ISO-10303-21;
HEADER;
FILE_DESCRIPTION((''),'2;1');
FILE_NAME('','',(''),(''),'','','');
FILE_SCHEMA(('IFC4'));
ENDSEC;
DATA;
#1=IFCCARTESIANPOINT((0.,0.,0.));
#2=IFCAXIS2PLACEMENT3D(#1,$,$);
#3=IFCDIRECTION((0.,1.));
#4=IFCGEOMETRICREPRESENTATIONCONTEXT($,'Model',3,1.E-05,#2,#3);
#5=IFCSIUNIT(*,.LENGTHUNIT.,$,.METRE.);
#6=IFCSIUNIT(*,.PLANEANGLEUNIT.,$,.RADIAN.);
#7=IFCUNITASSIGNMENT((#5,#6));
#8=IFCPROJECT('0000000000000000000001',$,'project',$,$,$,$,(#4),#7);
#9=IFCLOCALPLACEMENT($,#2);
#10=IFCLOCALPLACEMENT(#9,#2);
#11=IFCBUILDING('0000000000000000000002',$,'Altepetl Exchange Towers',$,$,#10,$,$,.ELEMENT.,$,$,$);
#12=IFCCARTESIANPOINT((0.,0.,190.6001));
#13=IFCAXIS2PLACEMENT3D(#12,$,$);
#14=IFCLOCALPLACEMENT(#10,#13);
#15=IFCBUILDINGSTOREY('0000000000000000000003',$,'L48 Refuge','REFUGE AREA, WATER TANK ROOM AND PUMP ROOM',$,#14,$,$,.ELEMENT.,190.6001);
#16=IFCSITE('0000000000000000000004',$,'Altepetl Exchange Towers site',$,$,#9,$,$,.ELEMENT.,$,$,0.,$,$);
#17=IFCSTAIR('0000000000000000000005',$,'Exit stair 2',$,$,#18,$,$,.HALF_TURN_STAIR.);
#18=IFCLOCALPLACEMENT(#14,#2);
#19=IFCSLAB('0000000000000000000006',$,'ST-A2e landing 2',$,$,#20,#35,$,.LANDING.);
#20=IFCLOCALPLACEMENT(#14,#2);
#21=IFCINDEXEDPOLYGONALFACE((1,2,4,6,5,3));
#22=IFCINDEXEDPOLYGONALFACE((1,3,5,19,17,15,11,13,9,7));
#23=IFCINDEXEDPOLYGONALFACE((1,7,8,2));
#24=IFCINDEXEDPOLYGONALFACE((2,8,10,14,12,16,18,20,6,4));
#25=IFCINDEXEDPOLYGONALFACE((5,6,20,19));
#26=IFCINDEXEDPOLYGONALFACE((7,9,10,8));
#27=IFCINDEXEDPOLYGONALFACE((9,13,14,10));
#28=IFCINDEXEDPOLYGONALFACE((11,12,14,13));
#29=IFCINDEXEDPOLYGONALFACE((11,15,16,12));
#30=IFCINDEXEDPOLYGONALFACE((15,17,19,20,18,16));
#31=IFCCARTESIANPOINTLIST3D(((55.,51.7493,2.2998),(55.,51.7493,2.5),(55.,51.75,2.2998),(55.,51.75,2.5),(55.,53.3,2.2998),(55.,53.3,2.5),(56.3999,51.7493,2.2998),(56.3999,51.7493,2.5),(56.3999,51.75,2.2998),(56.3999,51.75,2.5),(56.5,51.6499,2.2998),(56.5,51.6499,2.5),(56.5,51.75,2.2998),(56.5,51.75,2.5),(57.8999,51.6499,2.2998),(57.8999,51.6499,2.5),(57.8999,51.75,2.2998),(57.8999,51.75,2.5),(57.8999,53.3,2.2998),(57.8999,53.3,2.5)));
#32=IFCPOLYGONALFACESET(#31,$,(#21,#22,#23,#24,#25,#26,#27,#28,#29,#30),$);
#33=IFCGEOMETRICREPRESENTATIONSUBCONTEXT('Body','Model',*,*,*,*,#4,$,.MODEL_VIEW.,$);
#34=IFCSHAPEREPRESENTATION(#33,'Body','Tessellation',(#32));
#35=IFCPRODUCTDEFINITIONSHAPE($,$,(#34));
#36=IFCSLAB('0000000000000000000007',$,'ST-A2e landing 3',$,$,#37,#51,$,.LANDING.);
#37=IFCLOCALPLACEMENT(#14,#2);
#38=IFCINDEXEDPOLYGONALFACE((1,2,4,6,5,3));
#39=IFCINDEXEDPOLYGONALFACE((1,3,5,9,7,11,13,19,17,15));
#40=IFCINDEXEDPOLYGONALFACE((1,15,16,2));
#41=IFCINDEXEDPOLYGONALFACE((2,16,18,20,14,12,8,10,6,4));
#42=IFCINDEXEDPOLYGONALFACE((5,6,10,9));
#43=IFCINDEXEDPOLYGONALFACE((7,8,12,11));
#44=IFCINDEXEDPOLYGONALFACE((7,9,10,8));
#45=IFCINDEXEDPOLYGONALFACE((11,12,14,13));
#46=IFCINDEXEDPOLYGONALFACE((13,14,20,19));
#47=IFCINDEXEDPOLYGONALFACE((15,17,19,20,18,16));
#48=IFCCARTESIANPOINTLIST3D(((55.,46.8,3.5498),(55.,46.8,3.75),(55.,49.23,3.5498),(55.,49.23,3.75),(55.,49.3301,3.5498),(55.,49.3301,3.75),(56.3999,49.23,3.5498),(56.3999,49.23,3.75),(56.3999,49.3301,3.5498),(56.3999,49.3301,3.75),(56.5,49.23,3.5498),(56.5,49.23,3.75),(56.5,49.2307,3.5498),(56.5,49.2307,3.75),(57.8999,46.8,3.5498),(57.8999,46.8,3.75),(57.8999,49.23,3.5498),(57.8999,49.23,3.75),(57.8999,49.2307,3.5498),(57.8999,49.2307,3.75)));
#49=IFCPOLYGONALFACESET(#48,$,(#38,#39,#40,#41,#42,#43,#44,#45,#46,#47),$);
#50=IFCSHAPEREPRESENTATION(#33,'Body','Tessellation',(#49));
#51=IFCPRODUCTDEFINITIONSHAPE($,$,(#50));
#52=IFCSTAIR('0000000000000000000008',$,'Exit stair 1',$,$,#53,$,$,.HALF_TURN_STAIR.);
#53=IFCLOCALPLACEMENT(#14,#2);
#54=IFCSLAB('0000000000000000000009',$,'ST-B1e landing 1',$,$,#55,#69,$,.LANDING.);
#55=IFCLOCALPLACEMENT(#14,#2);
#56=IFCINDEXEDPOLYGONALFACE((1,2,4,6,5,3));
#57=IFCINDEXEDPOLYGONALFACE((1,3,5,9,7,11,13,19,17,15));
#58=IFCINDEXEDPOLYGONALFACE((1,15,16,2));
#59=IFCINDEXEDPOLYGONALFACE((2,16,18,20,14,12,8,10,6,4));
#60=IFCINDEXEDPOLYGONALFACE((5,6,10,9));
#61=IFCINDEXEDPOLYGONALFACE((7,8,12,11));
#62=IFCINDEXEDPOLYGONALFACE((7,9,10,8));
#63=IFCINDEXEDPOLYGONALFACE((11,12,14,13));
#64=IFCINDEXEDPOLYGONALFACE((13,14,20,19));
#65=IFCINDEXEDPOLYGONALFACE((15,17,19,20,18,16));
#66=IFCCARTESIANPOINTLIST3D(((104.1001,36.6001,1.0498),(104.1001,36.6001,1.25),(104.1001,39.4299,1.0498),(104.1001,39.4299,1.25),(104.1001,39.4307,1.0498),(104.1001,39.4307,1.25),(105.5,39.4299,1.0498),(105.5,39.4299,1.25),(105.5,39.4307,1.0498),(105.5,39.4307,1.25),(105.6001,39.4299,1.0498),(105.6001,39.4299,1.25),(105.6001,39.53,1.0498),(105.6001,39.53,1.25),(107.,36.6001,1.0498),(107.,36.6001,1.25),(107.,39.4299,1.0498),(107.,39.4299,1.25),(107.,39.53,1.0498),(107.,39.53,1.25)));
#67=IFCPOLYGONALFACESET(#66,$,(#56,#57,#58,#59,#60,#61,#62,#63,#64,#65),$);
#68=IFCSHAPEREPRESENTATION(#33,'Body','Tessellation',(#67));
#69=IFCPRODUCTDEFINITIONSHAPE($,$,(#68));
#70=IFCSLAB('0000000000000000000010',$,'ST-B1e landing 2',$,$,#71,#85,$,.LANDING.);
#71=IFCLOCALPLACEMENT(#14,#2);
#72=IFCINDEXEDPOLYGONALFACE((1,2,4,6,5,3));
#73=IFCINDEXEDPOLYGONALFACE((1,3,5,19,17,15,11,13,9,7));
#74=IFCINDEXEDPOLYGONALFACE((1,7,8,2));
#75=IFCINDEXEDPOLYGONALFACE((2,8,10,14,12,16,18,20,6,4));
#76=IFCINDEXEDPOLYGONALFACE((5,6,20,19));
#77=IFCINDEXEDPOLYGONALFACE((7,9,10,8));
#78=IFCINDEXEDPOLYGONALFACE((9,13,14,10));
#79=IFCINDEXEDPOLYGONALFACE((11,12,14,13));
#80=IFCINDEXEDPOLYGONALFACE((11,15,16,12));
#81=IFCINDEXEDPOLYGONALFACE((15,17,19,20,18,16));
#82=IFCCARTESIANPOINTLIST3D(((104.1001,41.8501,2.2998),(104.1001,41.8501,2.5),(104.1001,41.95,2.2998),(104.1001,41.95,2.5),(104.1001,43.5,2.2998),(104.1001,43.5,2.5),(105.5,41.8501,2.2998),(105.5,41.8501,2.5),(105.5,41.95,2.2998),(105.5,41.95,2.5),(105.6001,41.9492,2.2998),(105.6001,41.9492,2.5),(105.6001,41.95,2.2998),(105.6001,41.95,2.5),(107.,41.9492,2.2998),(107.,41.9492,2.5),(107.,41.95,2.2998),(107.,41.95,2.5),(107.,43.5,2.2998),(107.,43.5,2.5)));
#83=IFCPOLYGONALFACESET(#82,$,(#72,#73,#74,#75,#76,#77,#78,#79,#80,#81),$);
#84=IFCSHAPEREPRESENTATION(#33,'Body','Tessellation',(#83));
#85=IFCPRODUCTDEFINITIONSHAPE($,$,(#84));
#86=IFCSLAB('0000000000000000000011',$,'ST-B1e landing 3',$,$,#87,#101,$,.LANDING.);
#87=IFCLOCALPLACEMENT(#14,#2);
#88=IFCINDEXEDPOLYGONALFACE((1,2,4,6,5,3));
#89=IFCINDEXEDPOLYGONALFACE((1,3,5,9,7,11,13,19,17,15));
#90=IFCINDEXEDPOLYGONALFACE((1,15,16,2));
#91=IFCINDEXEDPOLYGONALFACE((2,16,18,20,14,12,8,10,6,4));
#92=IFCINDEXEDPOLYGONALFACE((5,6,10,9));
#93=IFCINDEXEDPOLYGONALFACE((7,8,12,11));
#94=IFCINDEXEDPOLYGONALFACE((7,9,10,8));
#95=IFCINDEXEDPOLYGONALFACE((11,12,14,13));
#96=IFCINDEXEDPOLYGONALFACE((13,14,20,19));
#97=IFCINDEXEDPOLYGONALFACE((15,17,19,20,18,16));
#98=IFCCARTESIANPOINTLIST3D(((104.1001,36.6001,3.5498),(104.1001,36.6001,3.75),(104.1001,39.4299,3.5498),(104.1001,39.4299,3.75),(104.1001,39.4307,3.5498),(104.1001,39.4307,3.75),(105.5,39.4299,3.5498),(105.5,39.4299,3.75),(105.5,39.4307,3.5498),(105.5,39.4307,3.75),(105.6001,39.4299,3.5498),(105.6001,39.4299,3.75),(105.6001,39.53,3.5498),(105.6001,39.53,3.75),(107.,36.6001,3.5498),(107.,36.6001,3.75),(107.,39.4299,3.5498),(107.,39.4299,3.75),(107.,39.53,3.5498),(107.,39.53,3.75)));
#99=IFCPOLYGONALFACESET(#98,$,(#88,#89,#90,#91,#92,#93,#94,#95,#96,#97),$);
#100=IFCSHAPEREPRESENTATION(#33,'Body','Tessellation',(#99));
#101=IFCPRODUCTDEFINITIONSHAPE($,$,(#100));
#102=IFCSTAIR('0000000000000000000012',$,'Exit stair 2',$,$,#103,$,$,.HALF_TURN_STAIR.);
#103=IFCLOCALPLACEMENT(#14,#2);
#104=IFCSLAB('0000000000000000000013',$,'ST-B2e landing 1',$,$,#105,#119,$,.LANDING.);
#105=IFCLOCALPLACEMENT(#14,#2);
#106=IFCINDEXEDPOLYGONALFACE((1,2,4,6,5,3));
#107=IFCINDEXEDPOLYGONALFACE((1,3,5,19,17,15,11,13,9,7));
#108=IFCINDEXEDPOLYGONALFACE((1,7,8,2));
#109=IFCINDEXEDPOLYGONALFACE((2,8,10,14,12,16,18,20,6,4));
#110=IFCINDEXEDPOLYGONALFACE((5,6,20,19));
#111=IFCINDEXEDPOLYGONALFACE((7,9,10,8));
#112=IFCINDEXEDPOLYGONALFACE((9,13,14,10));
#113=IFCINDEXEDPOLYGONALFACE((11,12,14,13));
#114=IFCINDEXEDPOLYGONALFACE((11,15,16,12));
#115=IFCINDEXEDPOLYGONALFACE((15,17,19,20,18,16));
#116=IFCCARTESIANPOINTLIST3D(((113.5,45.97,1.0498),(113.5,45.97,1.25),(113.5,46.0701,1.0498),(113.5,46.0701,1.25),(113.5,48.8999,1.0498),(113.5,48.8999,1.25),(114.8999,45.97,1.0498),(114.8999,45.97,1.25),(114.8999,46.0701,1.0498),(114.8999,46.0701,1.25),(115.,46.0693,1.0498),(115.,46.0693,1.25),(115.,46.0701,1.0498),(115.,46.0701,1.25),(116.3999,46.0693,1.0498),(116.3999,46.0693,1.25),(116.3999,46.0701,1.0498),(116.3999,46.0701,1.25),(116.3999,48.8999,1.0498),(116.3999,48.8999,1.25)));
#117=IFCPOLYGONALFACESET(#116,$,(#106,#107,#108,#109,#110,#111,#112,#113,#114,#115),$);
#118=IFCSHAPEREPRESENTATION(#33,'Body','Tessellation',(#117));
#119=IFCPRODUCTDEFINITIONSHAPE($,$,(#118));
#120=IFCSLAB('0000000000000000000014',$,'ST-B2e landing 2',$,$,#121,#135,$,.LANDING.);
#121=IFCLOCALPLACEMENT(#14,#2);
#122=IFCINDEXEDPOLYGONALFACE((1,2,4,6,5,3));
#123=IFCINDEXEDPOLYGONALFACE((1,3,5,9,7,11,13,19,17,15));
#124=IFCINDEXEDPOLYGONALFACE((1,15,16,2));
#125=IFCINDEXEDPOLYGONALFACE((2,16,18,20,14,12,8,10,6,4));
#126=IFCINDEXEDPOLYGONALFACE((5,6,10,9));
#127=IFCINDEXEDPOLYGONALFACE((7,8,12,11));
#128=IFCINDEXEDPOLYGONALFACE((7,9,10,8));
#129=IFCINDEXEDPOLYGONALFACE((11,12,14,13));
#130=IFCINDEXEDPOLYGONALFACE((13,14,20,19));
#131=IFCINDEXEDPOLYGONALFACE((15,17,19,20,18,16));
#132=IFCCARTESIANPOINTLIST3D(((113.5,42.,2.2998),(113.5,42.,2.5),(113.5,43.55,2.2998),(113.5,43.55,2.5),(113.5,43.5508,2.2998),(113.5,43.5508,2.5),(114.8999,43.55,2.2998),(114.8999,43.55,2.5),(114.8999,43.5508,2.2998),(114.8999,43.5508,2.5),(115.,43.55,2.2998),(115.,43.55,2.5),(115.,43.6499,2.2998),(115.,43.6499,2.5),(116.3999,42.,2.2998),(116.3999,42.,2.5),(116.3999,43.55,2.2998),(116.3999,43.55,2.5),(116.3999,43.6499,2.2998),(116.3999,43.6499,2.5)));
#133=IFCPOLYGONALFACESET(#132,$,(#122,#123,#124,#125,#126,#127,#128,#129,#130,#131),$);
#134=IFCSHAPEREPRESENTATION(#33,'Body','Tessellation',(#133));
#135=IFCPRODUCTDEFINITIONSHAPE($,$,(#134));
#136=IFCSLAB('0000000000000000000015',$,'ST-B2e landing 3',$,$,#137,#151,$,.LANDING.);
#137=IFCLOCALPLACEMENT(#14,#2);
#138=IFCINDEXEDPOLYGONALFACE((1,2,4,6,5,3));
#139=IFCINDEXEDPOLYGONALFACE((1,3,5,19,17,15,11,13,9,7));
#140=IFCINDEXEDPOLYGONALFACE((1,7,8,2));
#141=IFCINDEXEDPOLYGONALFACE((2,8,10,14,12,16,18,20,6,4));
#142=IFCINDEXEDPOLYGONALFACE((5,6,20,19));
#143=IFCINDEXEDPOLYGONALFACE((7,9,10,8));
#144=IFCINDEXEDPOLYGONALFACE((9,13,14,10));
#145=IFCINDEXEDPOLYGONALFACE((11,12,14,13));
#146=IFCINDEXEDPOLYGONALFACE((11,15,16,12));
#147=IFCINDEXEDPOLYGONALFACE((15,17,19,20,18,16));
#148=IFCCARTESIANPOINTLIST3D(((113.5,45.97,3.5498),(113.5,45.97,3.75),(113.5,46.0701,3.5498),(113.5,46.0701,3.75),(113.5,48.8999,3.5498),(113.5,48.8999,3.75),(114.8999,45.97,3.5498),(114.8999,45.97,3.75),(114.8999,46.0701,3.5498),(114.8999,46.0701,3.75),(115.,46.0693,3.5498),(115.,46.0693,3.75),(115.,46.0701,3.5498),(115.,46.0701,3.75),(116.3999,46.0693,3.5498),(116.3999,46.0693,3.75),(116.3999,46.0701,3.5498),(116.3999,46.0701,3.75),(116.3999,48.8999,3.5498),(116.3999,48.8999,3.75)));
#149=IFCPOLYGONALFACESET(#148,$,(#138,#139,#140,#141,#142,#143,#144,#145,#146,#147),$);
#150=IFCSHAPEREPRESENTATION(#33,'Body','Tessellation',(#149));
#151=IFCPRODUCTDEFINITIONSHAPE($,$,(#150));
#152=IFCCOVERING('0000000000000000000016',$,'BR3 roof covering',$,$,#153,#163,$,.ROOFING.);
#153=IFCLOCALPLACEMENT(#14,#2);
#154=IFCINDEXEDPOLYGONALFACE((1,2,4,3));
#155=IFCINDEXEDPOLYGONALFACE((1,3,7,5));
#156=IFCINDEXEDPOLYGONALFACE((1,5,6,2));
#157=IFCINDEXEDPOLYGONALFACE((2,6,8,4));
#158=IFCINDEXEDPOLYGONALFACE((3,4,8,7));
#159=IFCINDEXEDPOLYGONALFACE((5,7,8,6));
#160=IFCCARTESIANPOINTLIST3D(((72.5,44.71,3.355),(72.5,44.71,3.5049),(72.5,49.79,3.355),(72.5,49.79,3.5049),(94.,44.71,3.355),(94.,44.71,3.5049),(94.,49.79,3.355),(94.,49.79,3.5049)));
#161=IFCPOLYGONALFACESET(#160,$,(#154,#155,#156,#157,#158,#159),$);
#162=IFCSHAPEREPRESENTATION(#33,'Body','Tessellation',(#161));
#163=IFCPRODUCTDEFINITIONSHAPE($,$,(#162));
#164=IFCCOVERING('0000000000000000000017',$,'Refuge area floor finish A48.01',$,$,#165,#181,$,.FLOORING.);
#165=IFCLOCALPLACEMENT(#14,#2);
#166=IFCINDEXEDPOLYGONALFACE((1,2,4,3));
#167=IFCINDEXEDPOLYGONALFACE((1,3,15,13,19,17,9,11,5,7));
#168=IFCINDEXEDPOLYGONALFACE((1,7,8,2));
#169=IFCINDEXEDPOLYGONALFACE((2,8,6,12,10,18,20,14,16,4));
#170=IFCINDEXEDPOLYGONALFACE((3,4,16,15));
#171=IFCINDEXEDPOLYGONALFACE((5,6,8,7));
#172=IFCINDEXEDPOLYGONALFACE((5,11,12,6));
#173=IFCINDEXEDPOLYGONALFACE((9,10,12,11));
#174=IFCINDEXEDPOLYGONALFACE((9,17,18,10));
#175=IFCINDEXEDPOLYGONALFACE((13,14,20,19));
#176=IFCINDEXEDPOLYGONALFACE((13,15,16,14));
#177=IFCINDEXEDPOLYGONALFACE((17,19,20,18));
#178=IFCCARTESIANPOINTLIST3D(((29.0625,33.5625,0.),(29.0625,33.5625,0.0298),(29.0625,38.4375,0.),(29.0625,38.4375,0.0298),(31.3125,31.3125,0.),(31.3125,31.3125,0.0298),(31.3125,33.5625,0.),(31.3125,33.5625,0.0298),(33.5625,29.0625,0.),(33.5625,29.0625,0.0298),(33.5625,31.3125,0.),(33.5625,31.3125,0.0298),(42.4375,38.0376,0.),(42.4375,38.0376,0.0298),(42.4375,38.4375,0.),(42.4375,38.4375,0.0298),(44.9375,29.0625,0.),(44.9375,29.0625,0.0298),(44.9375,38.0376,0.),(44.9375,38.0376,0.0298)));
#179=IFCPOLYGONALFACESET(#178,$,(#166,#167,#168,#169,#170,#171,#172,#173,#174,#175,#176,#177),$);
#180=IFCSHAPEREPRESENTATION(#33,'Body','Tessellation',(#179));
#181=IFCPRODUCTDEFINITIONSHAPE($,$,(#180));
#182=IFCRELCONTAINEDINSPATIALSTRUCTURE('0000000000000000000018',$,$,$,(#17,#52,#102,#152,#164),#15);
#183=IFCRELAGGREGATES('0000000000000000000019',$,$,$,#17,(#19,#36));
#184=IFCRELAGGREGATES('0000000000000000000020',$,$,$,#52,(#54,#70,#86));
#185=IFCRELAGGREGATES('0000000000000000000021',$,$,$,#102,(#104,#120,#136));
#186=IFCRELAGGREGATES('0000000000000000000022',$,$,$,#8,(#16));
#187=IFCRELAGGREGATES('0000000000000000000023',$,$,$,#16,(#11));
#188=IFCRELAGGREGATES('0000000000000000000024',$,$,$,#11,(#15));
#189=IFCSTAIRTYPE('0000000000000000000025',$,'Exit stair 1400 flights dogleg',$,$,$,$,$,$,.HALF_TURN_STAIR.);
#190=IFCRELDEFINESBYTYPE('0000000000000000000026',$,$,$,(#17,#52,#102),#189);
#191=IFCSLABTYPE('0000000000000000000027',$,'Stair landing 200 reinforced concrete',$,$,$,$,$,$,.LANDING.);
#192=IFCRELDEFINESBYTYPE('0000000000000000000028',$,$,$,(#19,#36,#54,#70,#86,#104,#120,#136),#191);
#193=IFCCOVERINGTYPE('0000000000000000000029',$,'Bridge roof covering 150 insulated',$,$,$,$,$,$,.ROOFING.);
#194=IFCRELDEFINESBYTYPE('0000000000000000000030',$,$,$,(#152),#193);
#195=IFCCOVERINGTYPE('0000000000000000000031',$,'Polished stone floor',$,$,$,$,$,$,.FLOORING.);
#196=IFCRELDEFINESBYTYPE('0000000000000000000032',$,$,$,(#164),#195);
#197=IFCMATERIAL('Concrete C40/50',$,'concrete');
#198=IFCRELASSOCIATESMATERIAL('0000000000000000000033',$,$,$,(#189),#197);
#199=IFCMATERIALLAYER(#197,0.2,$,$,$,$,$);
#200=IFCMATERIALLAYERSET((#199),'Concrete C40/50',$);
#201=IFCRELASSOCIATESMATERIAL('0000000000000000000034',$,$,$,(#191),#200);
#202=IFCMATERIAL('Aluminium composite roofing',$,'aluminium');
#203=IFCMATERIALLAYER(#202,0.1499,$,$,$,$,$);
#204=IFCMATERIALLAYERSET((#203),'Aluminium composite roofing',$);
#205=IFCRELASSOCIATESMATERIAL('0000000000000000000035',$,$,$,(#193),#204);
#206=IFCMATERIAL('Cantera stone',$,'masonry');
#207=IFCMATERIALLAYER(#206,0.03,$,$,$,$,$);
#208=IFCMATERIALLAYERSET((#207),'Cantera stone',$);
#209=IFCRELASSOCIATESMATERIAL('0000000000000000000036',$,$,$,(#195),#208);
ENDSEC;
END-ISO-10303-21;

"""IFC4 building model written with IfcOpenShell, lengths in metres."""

from ifc_helpers import new_model, si_unit, direction, frame, origin, place, context, subcontext, project, spatial, polyline, outline, extrude, material, layer, layer_set, type_object, element, aggregate, save


model = new_model("IFC4")

# Units and contexts
model_context = context("Model", 3, precision=1e-05, world=origin(), true_north=direction((0.0, 1.0)))
body_context = subcontext(model_context, "Body", "Model", "MODEL_VIEW")
ifc_project = project(units=[si_unit("LENGTHUNIT", "METRE"), si_unit("PLANEANGLEUNIT", "RADIAN")], contexts=[model_context])

# Site, building, storey
site_placement = place(None, origin())
site = spatial("IfcSite", under=ifc_project, at=site_placement, Name="Altepetl Exchange Towers site", CompositionType="ELEMENT", RefElevation=0.0)
building_placement = place(site_placement, origin())
building = spatial("IfcBuilding", under=site, at=building_placement, Name="Altepetl Exchange Towers", CompositionType="ELEMENT")
storey_placement = place(building_placement, frame((0.0, 0.0, 190.6001)))
storey = spatial("IfcBuildingStorey", under=building, at=storey_placement, Name="L48 Refuge", Description="REFUGE AREA, WATER TANK ROOM AND PUMP ROOM", CompositionType="ELEMENT", Elevation=190.6001)

# Shared definitions
ifc_material_1 = material(Name="Concrete C40/50", Category="concrete")

# Stairs, slabs
stair_type = type_object("IfcStairType", Name="Exit stair 1400 flights dogleg", PredefinedType="HALF_TURN_STAIR", material=ifc_material_1)
ifc_layer_1 = layer(ifc_material_1, 0.2)
ifc_layer_set_1 = layer_set([ifc_layer_1], Name="Concrete C40/50")
slab_type_1 = type_object("IfcSlabType", Name="Stair landing 200 reinforced concrete", PredefinedType="LANDING", material=ifc_layer_set_1)
stair_1_placement = place(storey_placement, origin())
stair_1 = element("IfcStair", 1, at=stair_1_placement, inside=storey, type_object=stair_type, Name="Exit stair 2", PredefinedType="HALF_TURN_STAIR")
slab_1_placement = place(storey_placement, frame((0.0, 0.0, 2.2998)))
slab_1 = element("IfcSlab", 2, at=slab_1_placement, type_object=slab_type_1, Name="ST-A2e landing 2", PredefinedType="LANDING", context=body_context, shape_type="SweptSolid", body=[
    extrude(outline(polyline([(57.8999, 51.6499), (56.5, 51.6499), (56.5, 51.75), (56.3999, 51.75), (56.3999, 51.7493), (55.0, 51.7493), (55.0, 51.75), (55.0, 53.3), (57.8999, 53.3), (57.8999, 51.75), (57.8999, 51.6499)])), origin(), (0.0, 0.0, 1.0), 0.2002),
])
slab_2_placement = place(storey_placement, frame((0.0, 0.0, 3.5498)))
slab_2 = element("IfcSlab", 3, at=slab_2_placement, type_object=slab_type_1, Name="ST-A2e landing 3", PredefinedType="LANDING", context=body_context, shape_type="SweptSolid", body=[
    extrude(outline(polyline([(57.8999, 46.8), (55.0, 46.8), (55.0, 49.23), (55.0, 49.3301), (56.3999, 49.3301), (56.3999, 49.23), (56.5, 49.23), (56.5, 49.2307), (57.8999, 49.2307), (57.8999, 49.23), (57.8999, 46.8)])), origin(), (0.0, 0.0, 1.0), 0.2002),
])
aggregate(stair_1, [slab_1, slab_2])
stair_2_placement = place(storey_placement, origin())
stair_2 = element("IfcStair", 4, at=stair_2_placement, inside=storey, type_object=stair_type, Name="Exit stair 1", PredefinedType="HALF_TURN_STAIR")
slab_3_placement = place(storey_placement, frame((0.0, 0.0, 1.0498)))
slab_3 = element("IfcSlab", 5, at=slab_3_placement, type_object=slab_type_1, Name="ST-B1e landing 1", PredefinedType="LANDING", context=body_context, shape_type="SweptSolid", body=[
    extrude(outline(polyline([(107.0, 36.6001), (104.1001, 36.6001), (104.1001, 39.4299), (104.1001, 39.4307), (105.5, 39.4307), (105.5, 39.4299), (105.6001, 39.4299), (105.6001, 39.53), (107.0, 39.53), (107.0, 39.4299), (107.0, 36.6001)])), origin(), (0.0, 0.0, 1.0), 0.2002),
])
slab_4_placement = place(storey_placement, frame((0.0, 0.0, 2.2998)))
slab_4 = element("IfcSlab", 6, at=slab_4_placement, type_object=slab_type_1, Name="ST-B1e landing 2", PredefinedType="LANDING", context=body_context, shape_type="SweptSolid", body=[
    extrude(outline(polyline([(105.5, 41.8501), (104.1001, 41.8501), (104.1001, 41.95), (104.1001, 43.5), (107.0, 43.5), (107.0, 41.95), (107.0, 41.9492), (105.6001, 41.9492), (105.6001, 41.95), (105.5, 41.95), (105.5, 41.8501)])), origin(), (0.0, 0.0, 1.0), 0.2002),
])
slab_5_placement = place(storey_placement, frame((0.0, 0.0, 3.5498)))
slab_5 = element("IfcSlab", 7, at=slab_5_placement, type_object=slab_type_1, Name="ST-B1e landing 3", PredefinedType="LANDING", context=body_context, shape_type="SweptSolid", body=[
    extrude(outline(polyline([(107.0, 36.6001), (104.1001, 36.6001), (104.1001, 39.4299), (104.1001, 39.4307), (105.5, 39.4307), (105.5, 39.4299), (105.6001, 39.4299), (105.6001, 39.53), (107.0, 39.53), (107.0, 39.4299), (107.0, 36.6001)])), origin(), (0.0, 0.0, 1.0), 0.2002),
])
aggregate(stair_2, [slab_3, slab_4, slab_5])
stair_3_placement = place(storey_placement, origin())
stair_3 = element("IfcStair", 8, at=stair_3_placement, inside=storey, type_object=stair_type, Name="Exit stair 2", PredefinedType="HALF_TURN_STAIR")
slab_6_placement = place(storey_placement, frame((0.0, 0.0, 1.0498)))
slab_6 = element("IfcSlab", 9, at=slab_6_placement, type_object=slab_type_1, Name="ST-B2e landing 1", PredefinedType="LANDING", context=body_context, shape_type="SweptSolid", body=[
    extrude(outline(polyline([(114.8999, 45.97), (113.5, 45.97), (113.5, 46.0701), (113.5, 48.8999), (116.3999, 48.8999), (116.3999, 46.0701), (116.3999, 46.0693), (115.0, 46.0693), (115.0, 46.0701), (114.8999, 46.0701), (114.8999, 45.97)])), origin(), (0.0, 0.0, 1.0), 0.2002),
])
slab_7_placement = place(storey_placement, frame((0.0, 0.0, 2.2998)))
slab_7 = element("IfcSlab", 10, at=slab_7_placement, type_object=slab_type_1, Name="ST-B2e landing 2", PredefinedType="LANDING", context=body_context, shape_type="SweptSolid", body=[
    extrude(outline(polyline([(116.3999, 42.0), (113.5, 42.0), (113.5, 43.55), (113.5, 43.5508), (114.8999, 43.5508), (114.8999, 43.55), (115.0, 43.55), (115.0, 43.6499), (116.3999, 43.6499), (116.3999, 43.55), (116.3999, 42.0)])), origin(), (0.0, 0.0, 1.0), 0.2002),
])
slab_8_placement = place(storey_placement, frame((0.0, 0.0, 3.5498)))
slab_8 = element("IfcSlab", 11, at=slab_8_placement, type_object=slab_type_1, Name="ST-B2e landing 3", PredefinedType="LANDING", context=body_context, shape_type="SweptSolid", body=[
    extrude(outline(polyline([(114.8999, 45.97), (113.5, 45.97), (113.5, 46.0701), (113.5, 48.8999), (116.3999, 48.8999), (116.3999, 46.0701), (116.3999, 46.0693), (115.0, 46.0693), (115.0, 46.0701), (114.8999, 46.0701), (114.8999, 45.97)])), origin(), (0.0, 0.0, 1.0), 0.2002),
])
aggregate(stair_3, [slab_6, slab_7, slab_8])

# Coverings
ifc_material_2 = material(Name="Aluminium composite roofing", Category="aluminium")
ifc_layer_2 = layer(ifc_material_2, 0.1499)
ifc_layer_set_2 = layer_set([ifc_layer_2], Name="Aluminium composite roofing")
covering_type_1 = type_object("IfcCoveringType", Name="Bridge roof covering 150 insulated", PredefinedType="ROOFING", material=ifc_layer_set_2)
covering_1_placement = place(storey_placement, frame((0.0, 0.0, 3.355)))
element("IfcCovering", 12, at=covering_1_placement, inside=storey, type_object=covering_type_1, Name="BR3 roof covering", PredefinedType="ROOFING", context=body_context, shape_type="SweptSolid", body=[
    extrude(outline(polyline([(72.5, 44.71), (94.0, 44.71), (94.0, 49.79), (72.5, 49.79), (72.5, 44.71)])), origin(), (0.0, 0.0, 1.0), 0.1499),
])
ifc_material_3 = material(Name="Cantera stone", Category="masonry")
ifc_layer_3 = layer(ifc_material_3, 0.03)
ifc_layer_set_3 = layer_set([ifc_layer_3], Name="Cantera stone")
covering_type_2 = type_object("IfcCoveringType", Name="Polished stone floor", PredefinedType="FLOORING", material=ifc_layer_set_3)
covering_2_placement = place(storey_placement, origin())
element("IfcCovering", 13, at=covering_2_placement, inside=storey, type_object=covering_type_2, Name="Refuge area floor finish A48.01", PredefinedType="FLOORING", context=body_context, shape_type="SweptSolid", body=[
    extrude(outline(polyline([(44.9375, 29.0625), (44.9375, 38.0376), (42.4375, 38.0376), (42.4375, 38.4375), (29.0625, 38.4375), (29.0625, 33.5625), (31.3125, 33.5625), (31.3125, 31.3125), (33.5625, 31.3125), (33.5625, 29.0625), (44.9375, 29.0625)])), origin(), (0.0, 0.0, 1.0), 0.0298),
])

save(model, "model.ifc")
